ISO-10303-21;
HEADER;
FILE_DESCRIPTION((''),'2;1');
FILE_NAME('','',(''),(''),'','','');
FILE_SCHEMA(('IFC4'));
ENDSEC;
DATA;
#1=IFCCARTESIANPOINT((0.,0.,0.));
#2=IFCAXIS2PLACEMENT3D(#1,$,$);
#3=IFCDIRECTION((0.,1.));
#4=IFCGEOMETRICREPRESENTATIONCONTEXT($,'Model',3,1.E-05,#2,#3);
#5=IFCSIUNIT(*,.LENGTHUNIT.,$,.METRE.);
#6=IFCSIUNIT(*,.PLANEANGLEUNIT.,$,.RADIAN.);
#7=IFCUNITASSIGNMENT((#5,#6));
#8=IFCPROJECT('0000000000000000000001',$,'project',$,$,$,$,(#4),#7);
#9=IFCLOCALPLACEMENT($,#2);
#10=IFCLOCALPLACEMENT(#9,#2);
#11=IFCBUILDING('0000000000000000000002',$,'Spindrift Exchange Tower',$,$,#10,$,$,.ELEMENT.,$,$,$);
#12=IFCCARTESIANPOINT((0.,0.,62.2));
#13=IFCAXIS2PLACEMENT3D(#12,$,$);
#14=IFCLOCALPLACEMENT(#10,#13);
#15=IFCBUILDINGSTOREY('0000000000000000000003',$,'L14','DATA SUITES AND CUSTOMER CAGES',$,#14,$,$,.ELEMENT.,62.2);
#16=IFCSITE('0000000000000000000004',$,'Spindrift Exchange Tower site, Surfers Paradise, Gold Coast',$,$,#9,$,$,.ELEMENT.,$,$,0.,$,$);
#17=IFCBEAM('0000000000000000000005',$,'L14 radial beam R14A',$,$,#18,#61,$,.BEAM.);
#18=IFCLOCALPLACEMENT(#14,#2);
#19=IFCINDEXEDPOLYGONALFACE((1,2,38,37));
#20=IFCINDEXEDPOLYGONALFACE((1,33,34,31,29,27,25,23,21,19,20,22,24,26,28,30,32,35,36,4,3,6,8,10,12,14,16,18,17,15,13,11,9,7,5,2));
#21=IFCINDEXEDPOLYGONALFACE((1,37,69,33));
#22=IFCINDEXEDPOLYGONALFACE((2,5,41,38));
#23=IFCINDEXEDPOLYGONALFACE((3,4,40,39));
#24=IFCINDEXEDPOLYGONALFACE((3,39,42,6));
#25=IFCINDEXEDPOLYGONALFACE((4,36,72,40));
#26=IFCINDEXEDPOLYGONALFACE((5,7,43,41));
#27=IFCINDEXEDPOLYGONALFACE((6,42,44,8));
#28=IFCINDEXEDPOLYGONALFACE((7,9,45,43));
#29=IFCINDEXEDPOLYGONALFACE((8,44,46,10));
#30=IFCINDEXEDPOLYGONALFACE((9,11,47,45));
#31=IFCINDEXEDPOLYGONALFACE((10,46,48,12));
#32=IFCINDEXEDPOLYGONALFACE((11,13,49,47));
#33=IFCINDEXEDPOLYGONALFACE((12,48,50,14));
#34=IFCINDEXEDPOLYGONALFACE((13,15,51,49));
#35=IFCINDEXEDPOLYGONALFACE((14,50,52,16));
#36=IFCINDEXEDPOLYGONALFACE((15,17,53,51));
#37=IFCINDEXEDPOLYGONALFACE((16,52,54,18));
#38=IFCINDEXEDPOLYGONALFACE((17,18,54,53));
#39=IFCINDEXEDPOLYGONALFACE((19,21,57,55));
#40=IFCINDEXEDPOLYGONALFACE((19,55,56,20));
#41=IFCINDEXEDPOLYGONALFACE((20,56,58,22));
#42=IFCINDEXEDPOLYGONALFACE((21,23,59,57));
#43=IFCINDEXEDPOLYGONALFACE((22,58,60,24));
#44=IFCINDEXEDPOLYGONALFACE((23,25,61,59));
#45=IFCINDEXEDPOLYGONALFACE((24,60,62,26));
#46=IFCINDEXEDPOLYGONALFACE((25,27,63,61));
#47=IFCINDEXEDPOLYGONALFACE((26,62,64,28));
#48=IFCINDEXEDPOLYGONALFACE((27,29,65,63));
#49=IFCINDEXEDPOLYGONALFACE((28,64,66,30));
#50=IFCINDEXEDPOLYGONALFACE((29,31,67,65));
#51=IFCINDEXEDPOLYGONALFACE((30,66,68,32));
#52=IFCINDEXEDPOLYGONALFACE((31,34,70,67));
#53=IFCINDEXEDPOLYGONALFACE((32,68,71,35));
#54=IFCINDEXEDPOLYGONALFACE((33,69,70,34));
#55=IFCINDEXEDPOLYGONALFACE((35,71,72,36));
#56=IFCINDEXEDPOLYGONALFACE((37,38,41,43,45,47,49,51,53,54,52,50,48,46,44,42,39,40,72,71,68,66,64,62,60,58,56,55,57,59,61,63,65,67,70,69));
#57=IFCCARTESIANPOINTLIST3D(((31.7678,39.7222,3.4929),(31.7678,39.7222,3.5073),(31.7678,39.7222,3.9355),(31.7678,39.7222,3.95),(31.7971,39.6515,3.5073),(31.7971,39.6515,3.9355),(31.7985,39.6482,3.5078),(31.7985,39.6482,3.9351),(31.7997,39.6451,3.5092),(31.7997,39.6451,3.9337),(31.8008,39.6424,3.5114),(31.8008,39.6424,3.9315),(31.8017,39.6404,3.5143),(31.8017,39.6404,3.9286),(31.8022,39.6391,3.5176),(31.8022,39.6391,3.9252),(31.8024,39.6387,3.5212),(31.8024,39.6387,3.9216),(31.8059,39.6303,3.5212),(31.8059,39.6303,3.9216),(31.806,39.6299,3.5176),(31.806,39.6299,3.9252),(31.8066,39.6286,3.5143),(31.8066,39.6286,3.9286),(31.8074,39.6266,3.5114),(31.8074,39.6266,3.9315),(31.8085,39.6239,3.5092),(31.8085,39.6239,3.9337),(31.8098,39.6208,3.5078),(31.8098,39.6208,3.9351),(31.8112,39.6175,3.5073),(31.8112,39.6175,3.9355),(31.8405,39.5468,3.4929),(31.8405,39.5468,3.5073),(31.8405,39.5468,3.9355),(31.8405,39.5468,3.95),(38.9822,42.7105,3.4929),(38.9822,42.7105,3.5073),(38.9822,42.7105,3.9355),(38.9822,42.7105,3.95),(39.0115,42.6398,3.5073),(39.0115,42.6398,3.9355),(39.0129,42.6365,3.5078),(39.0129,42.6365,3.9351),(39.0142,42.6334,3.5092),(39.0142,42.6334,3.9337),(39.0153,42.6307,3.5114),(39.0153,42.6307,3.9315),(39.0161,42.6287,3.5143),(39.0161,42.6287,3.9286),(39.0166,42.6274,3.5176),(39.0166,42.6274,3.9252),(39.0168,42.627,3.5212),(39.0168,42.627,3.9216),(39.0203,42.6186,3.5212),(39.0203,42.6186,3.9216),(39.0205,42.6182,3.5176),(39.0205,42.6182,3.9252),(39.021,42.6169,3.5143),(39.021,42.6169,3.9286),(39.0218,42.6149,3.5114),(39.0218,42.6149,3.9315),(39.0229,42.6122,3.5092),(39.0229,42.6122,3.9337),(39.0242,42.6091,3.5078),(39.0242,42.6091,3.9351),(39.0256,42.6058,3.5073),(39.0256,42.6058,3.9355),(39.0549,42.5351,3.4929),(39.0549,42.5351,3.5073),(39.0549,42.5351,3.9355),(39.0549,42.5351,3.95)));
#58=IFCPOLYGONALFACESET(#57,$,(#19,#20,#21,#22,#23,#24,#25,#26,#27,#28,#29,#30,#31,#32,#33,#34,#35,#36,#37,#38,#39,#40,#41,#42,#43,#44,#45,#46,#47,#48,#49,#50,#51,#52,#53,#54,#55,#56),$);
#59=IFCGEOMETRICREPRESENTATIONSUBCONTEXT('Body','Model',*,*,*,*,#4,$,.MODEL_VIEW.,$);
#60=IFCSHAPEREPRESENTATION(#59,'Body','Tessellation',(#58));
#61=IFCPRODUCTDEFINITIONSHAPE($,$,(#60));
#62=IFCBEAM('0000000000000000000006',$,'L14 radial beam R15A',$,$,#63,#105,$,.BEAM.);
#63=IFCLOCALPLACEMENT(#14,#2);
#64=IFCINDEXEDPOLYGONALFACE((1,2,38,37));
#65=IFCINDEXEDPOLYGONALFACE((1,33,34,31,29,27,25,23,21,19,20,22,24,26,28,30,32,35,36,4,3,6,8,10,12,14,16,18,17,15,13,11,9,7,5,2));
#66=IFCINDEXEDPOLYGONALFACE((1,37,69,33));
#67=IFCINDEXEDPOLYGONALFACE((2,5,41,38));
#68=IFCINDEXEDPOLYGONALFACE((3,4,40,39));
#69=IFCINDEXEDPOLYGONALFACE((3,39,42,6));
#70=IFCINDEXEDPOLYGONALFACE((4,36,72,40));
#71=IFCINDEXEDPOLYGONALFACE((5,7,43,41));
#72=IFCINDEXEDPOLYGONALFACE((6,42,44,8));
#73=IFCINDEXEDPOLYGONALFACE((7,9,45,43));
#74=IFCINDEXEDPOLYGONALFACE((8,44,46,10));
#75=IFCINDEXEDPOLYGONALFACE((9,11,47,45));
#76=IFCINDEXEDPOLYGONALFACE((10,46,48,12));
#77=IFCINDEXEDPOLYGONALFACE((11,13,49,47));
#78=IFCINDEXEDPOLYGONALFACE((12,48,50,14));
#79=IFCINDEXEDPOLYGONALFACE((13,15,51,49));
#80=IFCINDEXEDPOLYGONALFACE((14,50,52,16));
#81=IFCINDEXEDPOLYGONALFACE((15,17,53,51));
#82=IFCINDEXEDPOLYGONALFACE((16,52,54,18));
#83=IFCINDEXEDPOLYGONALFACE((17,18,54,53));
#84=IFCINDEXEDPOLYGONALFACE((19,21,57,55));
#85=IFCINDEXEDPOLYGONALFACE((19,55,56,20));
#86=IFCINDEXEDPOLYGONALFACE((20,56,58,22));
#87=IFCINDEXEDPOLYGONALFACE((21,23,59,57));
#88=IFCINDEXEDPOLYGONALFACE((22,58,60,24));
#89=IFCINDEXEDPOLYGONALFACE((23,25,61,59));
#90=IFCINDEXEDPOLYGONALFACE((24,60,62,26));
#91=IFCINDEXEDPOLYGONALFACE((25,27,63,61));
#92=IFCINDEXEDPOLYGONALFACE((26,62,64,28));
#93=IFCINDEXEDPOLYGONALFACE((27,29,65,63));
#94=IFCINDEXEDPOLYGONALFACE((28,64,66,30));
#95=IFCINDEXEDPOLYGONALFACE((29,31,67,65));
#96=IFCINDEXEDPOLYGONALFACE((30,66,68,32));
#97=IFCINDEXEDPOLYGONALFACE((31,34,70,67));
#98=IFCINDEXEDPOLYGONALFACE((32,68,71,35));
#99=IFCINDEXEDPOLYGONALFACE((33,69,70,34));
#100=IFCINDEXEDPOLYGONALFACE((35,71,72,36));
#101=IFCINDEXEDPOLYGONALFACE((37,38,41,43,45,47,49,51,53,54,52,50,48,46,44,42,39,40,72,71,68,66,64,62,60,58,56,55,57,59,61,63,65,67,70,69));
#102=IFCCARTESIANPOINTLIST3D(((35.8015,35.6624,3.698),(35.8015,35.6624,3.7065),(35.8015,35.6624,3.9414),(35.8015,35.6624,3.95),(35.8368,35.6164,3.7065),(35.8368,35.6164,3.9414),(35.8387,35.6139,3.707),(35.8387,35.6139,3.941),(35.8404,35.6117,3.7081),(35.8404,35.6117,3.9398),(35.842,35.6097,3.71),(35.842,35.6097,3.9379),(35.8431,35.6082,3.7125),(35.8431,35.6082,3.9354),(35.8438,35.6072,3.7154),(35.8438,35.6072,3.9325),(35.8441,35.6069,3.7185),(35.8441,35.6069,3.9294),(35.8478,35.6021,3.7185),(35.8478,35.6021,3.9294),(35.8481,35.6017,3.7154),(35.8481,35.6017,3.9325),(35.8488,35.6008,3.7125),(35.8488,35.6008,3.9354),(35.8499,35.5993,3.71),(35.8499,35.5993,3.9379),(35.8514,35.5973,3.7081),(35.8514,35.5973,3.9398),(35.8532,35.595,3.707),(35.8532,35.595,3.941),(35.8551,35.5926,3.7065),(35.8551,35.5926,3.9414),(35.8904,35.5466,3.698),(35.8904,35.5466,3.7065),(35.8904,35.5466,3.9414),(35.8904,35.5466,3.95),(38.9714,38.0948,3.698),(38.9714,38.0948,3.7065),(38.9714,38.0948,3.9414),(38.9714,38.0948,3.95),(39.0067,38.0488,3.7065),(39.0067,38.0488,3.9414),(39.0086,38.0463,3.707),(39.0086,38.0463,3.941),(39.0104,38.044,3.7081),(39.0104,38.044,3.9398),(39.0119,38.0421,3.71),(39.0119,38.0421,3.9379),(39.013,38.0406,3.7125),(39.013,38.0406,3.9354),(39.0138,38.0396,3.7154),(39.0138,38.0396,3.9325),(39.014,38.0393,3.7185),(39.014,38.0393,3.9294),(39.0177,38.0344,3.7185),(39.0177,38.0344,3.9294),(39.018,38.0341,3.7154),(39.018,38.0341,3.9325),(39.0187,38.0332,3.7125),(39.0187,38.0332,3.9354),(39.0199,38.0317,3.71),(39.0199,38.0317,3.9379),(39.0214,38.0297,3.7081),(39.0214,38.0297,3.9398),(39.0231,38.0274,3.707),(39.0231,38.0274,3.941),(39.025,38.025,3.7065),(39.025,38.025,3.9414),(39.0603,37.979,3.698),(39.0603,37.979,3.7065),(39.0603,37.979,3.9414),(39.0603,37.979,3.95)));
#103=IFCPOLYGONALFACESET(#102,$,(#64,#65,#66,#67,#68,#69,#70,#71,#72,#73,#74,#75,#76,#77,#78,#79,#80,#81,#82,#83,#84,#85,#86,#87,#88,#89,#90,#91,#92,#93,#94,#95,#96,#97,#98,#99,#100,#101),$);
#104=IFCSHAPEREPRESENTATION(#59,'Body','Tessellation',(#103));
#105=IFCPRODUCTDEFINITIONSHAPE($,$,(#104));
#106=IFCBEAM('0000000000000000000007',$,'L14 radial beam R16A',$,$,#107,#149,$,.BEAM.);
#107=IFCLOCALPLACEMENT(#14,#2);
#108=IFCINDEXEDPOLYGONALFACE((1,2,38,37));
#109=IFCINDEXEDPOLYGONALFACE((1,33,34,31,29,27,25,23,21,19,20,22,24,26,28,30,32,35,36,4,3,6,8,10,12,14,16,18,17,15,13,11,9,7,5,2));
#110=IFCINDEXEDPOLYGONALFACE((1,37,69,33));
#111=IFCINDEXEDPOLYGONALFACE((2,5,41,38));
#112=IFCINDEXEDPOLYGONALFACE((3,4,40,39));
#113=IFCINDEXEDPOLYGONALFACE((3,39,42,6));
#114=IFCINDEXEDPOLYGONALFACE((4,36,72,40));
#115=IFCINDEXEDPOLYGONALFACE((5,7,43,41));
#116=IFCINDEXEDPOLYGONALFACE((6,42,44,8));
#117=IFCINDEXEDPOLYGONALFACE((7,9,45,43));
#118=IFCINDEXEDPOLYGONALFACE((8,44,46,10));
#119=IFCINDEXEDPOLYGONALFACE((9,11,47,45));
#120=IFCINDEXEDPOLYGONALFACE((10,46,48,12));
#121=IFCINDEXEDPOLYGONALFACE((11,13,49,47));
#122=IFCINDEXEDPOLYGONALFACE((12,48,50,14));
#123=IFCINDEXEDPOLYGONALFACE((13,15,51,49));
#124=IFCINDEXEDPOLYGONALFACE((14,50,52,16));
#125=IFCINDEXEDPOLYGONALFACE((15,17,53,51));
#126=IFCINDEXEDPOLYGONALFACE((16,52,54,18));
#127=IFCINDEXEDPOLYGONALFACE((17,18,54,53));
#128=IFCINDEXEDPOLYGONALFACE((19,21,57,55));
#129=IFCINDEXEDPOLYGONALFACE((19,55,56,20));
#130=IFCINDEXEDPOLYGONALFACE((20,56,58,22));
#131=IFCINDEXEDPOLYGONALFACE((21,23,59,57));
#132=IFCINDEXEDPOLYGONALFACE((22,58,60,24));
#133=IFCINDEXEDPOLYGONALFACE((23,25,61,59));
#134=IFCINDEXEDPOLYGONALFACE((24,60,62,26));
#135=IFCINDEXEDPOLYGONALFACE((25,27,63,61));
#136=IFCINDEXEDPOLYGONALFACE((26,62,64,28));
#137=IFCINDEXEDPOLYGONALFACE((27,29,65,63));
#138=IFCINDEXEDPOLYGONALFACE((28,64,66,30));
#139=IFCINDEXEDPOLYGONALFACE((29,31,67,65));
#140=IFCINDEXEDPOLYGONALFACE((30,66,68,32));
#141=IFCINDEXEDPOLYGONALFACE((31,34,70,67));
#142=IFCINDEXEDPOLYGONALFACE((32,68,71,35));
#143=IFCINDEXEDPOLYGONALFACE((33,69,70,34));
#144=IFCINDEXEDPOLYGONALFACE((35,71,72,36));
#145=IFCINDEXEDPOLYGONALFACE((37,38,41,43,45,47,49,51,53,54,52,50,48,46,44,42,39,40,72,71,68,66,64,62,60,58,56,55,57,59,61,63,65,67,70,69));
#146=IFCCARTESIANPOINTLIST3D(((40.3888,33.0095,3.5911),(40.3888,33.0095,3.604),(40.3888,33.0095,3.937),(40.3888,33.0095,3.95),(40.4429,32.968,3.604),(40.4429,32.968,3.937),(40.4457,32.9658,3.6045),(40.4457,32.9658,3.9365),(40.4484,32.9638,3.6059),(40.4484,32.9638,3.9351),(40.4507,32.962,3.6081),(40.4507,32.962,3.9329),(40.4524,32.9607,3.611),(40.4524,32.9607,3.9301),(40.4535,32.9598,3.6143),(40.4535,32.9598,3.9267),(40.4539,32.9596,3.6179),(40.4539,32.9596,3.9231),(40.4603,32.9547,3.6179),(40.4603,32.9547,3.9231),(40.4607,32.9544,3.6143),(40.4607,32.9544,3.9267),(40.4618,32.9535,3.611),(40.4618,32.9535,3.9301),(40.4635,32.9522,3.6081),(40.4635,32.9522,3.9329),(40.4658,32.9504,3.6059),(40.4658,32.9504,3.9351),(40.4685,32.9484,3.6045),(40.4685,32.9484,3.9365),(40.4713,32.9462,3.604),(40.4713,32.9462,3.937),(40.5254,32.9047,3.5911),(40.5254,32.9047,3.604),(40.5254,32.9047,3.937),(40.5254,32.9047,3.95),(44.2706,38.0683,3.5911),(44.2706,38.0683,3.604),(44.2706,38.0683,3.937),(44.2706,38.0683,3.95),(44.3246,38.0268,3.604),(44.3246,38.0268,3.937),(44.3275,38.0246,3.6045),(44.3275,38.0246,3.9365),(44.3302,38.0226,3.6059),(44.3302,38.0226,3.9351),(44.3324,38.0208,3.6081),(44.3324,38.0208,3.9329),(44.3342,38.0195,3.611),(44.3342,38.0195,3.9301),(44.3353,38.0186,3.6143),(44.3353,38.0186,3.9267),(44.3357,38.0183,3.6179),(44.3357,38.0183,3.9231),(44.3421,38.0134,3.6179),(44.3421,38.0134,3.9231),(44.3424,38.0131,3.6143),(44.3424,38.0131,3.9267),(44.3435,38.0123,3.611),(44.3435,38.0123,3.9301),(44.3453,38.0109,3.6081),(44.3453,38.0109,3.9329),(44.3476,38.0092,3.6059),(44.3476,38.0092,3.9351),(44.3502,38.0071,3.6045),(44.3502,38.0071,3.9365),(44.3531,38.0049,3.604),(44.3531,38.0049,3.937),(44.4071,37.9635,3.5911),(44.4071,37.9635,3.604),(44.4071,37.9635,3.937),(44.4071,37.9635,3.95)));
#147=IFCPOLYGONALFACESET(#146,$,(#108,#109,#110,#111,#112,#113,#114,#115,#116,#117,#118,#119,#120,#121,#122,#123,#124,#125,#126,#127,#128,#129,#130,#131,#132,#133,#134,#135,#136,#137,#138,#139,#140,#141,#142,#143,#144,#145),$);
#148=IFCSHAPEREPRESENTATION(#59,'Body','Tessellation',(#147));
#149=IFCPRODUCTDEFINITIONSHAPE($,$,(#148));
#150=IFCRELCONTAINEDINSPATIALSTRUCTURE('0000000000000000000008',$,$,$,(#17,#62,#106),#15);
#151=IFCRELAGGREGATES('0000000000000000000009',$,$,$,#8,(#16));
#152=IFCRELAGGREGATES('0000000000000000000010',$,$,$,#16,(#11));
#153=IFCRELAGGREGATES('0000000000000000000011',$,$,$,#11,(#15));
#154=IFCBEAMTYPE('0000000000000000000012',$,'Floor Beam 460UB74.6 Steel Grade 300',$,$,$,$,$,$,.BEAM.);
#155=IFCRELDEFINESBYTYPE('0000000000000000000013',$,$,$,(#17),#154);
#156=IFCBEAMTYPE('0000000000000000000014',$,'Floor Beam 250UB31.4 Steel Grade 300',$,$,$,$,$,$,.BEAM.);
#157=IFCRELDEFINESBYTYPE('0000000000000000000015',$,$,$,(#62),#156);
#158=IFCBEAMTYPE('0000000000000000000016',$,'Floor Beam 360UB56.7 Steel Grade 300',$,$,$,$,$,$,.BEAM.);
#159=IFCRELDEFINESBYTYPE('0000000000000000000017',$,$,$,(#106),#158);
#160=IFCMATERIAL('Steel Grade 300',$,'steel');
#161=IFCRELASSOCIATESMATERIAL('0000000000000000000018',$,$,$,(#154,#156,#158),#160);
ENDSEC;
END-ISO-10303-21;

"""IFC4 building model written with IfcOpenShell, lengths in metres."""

from ifc_helpers import new_model, si_unit, direction, frame, origin, origin_2d, place, context, subcontext, project, spatial, i_section, extrude, source, transform, mapped, material, material_profile, profile_set, type_object, element, save


model = new_model("IFC4")

# Units and contexts
model_context = context("Model", 3, precision=1e-05, world=origin(), true_north=direction((0.0, 1.0)))
body_context = subcontext(model_context, "Body", "Model", "MODEL_VIEW")
ifc_project = project(units=[si_unit("LENGTHUNIT", "METRE"), si_unit("PLANEANGLEUNIT", "RADIAN")], contexts=[model_context])

# Site, building, storey
site_placement = place(None, origin())
site = spatial("IfcSite", under=ifc_project, at=site_placement, Name="Spindrift Exchange Tower site, Surfers Paradise, Gold Coast", CompositionType="ELEMENT", RefElevation=0.0)
building_placement = place(site_placement, origin())
building = spatial("IfcBuilding", under=site, at=building_placement, Name="Spindrift Exchange Tower", CompositionType="ELEMENT")
storey_placement = place(building_placement, frame((0.0, 0.0, 62.2)))
storey = spatial("IfcBuildingStorey", under=building, at=storey_placement, Name="L14", Description="DATA SUITES AND CUSTOMER CAGES", CompositionType="ELEMENT", Elevation=62.2)

# Beams
ifc_material_1 = material(Name="Steel Grade 300", Category="steel")
ifc_material_profile_1 = material_profile(ifc_material_1, i_section(OverallWidth=0.1899, OverallDepth=0.457, WebThickness=0.009, FlangeThickness=0.0144, FilletRadius=0.0139, at=origin_2d()), Name="460UB74.6")
ifc_profile_set_1 = profile_set([ifc_material_profile_1], Name="Steel Grade 300")
beam_type_1 = type_object("IfcBeamType", Name="Floor Beam 460UB74.6 Steel Grade 300", PredefinedType="BEAM", material=ifc_profile_set_1)
shared_shape_1 = source(origin(), body_context, "Body", "SweptSolid", [
    extrude(i_section(OverallWidth=0.1899, OverallDepth=0.457, WebThickness=0.009, FlangeThickness=0.0144, FilletRadius=0.0139, at=origin_2d()), origin(), (0.0, 0.0, 1.0), 7.8088),
])
beam_1_placement = place(storey_placement, frame((39.0186, 42.6228, 3.7214), z_axis=(-0.92388, -0.382683, 0.0), x_axis=(0.382683, -0.92388, 0.0)))
element("IfcBeam", 1, at=beam_1_placement, inside=storey, type_object=beam_type_1, Name="L14 radial beam R14A", PredefinedType="BEAM", context=body_context, shape_type="MappedRepresentation", body=[
    mapped(shared_shape_1, transform((0.0, 0.0, 0.0), scale=1.0)),
])
ifc_material_profile_2 = material_profile(ifc_material_1, i_section(OverallWidth=0.146, OverallDepth=0.252, WebThickness=0.0061, FlangeThickness=0.0085, FilletRadius=0.012, at=origin_2d()), Name="250UB31.4")
ifc_profile_set_2 = profile_set([ifc_material_profile_2], Name="Steel Grade 300")
beam_type_2 = type_object("IfcBeamType", Name="Floor Beam 250UB31.4 Steel Grade 300", PredefinedType="BEAM", material=ifc_profile_set_2)
shared_shape_2 = source(origin(), body_context, "Body", "SweptSolid", [
    extrude(i_section(OverallWidth=0.146, OverallDepth=0.252, WebThickness=0.0061, FlangeThickness=0.0085, FilletRadius=0.012, at=origin_2d()), origin(), (0.0, 0.0, 1.0), 3.9956),
])
beam_2_placement = place(storey_placement, frame((39.0159, 38.0369, 3.824), z_axis=(-0.793353, -0.608762, 0.0), x_axis=(0.608762, -0.793353, 0.0)))
element("IfcBeam", 2, at=beam_2_placement, inside=storey, type_object=beam_type_2, Name="L14 radial beam R15A", PredefinedType="BEAM", context=body_context, shape_type="MappedRepresentation", body=[
    mapped(shared_shape_2, transform((0.0, 0.0, 0.0), scale=1.0)),
])
ifc_material_profile_3 = material_profile(ifc_material_1, i_section(OverallWidth=0.1721, OverallDepth=0.3589, WebThickness=0.0081, FlangeThickness=0.0129, FilletRadius=0.0139, at=origin_2d()), Name="360UB56.7")
ifc_profile_set_3 = profile_set([ifc_material_profile_3], Name="Steel Grade 300")
beam_type_3 = type_object("IfcBeamType", Name="Floor Beam 360UB56.7 Steel Grade 300", PredefinedType="BEAM", material=ifc_profile_set_3)
shared_shape_3 = source(origin(), body_context, "Body", "SweptSolid", [
    extrude(i_section(OverallWidth=0.1721, OverallDepth=0.3589, WebThickness=0.0081, FlangeThickness=0.0129, FilletRadius=0.0139, at=origin_2d()), origin(), (0.0, 0.0, 1.0), 6.3765),
])
beam_3_placement = place(storey_placement, frame((44.3389, 38.0159, 3.7705), z_axis=(-0.608767, -0.793349, 0.0), x_axis=(0.793349, -0.608767, 0.0)))
element("IfcBeam", 3, at=beam_3_placement, inside=storey, type_object=beam_type_3, Name="L14 radial beam R16A", PredefinedType="BEAM", context=body_context, shape_type="MappedRepresentation", body=[
    mapped(shared_shape_3, transform((0.0, 0.0, 0.0), scale=1.0)),
])

save(model, "model.ifc")
